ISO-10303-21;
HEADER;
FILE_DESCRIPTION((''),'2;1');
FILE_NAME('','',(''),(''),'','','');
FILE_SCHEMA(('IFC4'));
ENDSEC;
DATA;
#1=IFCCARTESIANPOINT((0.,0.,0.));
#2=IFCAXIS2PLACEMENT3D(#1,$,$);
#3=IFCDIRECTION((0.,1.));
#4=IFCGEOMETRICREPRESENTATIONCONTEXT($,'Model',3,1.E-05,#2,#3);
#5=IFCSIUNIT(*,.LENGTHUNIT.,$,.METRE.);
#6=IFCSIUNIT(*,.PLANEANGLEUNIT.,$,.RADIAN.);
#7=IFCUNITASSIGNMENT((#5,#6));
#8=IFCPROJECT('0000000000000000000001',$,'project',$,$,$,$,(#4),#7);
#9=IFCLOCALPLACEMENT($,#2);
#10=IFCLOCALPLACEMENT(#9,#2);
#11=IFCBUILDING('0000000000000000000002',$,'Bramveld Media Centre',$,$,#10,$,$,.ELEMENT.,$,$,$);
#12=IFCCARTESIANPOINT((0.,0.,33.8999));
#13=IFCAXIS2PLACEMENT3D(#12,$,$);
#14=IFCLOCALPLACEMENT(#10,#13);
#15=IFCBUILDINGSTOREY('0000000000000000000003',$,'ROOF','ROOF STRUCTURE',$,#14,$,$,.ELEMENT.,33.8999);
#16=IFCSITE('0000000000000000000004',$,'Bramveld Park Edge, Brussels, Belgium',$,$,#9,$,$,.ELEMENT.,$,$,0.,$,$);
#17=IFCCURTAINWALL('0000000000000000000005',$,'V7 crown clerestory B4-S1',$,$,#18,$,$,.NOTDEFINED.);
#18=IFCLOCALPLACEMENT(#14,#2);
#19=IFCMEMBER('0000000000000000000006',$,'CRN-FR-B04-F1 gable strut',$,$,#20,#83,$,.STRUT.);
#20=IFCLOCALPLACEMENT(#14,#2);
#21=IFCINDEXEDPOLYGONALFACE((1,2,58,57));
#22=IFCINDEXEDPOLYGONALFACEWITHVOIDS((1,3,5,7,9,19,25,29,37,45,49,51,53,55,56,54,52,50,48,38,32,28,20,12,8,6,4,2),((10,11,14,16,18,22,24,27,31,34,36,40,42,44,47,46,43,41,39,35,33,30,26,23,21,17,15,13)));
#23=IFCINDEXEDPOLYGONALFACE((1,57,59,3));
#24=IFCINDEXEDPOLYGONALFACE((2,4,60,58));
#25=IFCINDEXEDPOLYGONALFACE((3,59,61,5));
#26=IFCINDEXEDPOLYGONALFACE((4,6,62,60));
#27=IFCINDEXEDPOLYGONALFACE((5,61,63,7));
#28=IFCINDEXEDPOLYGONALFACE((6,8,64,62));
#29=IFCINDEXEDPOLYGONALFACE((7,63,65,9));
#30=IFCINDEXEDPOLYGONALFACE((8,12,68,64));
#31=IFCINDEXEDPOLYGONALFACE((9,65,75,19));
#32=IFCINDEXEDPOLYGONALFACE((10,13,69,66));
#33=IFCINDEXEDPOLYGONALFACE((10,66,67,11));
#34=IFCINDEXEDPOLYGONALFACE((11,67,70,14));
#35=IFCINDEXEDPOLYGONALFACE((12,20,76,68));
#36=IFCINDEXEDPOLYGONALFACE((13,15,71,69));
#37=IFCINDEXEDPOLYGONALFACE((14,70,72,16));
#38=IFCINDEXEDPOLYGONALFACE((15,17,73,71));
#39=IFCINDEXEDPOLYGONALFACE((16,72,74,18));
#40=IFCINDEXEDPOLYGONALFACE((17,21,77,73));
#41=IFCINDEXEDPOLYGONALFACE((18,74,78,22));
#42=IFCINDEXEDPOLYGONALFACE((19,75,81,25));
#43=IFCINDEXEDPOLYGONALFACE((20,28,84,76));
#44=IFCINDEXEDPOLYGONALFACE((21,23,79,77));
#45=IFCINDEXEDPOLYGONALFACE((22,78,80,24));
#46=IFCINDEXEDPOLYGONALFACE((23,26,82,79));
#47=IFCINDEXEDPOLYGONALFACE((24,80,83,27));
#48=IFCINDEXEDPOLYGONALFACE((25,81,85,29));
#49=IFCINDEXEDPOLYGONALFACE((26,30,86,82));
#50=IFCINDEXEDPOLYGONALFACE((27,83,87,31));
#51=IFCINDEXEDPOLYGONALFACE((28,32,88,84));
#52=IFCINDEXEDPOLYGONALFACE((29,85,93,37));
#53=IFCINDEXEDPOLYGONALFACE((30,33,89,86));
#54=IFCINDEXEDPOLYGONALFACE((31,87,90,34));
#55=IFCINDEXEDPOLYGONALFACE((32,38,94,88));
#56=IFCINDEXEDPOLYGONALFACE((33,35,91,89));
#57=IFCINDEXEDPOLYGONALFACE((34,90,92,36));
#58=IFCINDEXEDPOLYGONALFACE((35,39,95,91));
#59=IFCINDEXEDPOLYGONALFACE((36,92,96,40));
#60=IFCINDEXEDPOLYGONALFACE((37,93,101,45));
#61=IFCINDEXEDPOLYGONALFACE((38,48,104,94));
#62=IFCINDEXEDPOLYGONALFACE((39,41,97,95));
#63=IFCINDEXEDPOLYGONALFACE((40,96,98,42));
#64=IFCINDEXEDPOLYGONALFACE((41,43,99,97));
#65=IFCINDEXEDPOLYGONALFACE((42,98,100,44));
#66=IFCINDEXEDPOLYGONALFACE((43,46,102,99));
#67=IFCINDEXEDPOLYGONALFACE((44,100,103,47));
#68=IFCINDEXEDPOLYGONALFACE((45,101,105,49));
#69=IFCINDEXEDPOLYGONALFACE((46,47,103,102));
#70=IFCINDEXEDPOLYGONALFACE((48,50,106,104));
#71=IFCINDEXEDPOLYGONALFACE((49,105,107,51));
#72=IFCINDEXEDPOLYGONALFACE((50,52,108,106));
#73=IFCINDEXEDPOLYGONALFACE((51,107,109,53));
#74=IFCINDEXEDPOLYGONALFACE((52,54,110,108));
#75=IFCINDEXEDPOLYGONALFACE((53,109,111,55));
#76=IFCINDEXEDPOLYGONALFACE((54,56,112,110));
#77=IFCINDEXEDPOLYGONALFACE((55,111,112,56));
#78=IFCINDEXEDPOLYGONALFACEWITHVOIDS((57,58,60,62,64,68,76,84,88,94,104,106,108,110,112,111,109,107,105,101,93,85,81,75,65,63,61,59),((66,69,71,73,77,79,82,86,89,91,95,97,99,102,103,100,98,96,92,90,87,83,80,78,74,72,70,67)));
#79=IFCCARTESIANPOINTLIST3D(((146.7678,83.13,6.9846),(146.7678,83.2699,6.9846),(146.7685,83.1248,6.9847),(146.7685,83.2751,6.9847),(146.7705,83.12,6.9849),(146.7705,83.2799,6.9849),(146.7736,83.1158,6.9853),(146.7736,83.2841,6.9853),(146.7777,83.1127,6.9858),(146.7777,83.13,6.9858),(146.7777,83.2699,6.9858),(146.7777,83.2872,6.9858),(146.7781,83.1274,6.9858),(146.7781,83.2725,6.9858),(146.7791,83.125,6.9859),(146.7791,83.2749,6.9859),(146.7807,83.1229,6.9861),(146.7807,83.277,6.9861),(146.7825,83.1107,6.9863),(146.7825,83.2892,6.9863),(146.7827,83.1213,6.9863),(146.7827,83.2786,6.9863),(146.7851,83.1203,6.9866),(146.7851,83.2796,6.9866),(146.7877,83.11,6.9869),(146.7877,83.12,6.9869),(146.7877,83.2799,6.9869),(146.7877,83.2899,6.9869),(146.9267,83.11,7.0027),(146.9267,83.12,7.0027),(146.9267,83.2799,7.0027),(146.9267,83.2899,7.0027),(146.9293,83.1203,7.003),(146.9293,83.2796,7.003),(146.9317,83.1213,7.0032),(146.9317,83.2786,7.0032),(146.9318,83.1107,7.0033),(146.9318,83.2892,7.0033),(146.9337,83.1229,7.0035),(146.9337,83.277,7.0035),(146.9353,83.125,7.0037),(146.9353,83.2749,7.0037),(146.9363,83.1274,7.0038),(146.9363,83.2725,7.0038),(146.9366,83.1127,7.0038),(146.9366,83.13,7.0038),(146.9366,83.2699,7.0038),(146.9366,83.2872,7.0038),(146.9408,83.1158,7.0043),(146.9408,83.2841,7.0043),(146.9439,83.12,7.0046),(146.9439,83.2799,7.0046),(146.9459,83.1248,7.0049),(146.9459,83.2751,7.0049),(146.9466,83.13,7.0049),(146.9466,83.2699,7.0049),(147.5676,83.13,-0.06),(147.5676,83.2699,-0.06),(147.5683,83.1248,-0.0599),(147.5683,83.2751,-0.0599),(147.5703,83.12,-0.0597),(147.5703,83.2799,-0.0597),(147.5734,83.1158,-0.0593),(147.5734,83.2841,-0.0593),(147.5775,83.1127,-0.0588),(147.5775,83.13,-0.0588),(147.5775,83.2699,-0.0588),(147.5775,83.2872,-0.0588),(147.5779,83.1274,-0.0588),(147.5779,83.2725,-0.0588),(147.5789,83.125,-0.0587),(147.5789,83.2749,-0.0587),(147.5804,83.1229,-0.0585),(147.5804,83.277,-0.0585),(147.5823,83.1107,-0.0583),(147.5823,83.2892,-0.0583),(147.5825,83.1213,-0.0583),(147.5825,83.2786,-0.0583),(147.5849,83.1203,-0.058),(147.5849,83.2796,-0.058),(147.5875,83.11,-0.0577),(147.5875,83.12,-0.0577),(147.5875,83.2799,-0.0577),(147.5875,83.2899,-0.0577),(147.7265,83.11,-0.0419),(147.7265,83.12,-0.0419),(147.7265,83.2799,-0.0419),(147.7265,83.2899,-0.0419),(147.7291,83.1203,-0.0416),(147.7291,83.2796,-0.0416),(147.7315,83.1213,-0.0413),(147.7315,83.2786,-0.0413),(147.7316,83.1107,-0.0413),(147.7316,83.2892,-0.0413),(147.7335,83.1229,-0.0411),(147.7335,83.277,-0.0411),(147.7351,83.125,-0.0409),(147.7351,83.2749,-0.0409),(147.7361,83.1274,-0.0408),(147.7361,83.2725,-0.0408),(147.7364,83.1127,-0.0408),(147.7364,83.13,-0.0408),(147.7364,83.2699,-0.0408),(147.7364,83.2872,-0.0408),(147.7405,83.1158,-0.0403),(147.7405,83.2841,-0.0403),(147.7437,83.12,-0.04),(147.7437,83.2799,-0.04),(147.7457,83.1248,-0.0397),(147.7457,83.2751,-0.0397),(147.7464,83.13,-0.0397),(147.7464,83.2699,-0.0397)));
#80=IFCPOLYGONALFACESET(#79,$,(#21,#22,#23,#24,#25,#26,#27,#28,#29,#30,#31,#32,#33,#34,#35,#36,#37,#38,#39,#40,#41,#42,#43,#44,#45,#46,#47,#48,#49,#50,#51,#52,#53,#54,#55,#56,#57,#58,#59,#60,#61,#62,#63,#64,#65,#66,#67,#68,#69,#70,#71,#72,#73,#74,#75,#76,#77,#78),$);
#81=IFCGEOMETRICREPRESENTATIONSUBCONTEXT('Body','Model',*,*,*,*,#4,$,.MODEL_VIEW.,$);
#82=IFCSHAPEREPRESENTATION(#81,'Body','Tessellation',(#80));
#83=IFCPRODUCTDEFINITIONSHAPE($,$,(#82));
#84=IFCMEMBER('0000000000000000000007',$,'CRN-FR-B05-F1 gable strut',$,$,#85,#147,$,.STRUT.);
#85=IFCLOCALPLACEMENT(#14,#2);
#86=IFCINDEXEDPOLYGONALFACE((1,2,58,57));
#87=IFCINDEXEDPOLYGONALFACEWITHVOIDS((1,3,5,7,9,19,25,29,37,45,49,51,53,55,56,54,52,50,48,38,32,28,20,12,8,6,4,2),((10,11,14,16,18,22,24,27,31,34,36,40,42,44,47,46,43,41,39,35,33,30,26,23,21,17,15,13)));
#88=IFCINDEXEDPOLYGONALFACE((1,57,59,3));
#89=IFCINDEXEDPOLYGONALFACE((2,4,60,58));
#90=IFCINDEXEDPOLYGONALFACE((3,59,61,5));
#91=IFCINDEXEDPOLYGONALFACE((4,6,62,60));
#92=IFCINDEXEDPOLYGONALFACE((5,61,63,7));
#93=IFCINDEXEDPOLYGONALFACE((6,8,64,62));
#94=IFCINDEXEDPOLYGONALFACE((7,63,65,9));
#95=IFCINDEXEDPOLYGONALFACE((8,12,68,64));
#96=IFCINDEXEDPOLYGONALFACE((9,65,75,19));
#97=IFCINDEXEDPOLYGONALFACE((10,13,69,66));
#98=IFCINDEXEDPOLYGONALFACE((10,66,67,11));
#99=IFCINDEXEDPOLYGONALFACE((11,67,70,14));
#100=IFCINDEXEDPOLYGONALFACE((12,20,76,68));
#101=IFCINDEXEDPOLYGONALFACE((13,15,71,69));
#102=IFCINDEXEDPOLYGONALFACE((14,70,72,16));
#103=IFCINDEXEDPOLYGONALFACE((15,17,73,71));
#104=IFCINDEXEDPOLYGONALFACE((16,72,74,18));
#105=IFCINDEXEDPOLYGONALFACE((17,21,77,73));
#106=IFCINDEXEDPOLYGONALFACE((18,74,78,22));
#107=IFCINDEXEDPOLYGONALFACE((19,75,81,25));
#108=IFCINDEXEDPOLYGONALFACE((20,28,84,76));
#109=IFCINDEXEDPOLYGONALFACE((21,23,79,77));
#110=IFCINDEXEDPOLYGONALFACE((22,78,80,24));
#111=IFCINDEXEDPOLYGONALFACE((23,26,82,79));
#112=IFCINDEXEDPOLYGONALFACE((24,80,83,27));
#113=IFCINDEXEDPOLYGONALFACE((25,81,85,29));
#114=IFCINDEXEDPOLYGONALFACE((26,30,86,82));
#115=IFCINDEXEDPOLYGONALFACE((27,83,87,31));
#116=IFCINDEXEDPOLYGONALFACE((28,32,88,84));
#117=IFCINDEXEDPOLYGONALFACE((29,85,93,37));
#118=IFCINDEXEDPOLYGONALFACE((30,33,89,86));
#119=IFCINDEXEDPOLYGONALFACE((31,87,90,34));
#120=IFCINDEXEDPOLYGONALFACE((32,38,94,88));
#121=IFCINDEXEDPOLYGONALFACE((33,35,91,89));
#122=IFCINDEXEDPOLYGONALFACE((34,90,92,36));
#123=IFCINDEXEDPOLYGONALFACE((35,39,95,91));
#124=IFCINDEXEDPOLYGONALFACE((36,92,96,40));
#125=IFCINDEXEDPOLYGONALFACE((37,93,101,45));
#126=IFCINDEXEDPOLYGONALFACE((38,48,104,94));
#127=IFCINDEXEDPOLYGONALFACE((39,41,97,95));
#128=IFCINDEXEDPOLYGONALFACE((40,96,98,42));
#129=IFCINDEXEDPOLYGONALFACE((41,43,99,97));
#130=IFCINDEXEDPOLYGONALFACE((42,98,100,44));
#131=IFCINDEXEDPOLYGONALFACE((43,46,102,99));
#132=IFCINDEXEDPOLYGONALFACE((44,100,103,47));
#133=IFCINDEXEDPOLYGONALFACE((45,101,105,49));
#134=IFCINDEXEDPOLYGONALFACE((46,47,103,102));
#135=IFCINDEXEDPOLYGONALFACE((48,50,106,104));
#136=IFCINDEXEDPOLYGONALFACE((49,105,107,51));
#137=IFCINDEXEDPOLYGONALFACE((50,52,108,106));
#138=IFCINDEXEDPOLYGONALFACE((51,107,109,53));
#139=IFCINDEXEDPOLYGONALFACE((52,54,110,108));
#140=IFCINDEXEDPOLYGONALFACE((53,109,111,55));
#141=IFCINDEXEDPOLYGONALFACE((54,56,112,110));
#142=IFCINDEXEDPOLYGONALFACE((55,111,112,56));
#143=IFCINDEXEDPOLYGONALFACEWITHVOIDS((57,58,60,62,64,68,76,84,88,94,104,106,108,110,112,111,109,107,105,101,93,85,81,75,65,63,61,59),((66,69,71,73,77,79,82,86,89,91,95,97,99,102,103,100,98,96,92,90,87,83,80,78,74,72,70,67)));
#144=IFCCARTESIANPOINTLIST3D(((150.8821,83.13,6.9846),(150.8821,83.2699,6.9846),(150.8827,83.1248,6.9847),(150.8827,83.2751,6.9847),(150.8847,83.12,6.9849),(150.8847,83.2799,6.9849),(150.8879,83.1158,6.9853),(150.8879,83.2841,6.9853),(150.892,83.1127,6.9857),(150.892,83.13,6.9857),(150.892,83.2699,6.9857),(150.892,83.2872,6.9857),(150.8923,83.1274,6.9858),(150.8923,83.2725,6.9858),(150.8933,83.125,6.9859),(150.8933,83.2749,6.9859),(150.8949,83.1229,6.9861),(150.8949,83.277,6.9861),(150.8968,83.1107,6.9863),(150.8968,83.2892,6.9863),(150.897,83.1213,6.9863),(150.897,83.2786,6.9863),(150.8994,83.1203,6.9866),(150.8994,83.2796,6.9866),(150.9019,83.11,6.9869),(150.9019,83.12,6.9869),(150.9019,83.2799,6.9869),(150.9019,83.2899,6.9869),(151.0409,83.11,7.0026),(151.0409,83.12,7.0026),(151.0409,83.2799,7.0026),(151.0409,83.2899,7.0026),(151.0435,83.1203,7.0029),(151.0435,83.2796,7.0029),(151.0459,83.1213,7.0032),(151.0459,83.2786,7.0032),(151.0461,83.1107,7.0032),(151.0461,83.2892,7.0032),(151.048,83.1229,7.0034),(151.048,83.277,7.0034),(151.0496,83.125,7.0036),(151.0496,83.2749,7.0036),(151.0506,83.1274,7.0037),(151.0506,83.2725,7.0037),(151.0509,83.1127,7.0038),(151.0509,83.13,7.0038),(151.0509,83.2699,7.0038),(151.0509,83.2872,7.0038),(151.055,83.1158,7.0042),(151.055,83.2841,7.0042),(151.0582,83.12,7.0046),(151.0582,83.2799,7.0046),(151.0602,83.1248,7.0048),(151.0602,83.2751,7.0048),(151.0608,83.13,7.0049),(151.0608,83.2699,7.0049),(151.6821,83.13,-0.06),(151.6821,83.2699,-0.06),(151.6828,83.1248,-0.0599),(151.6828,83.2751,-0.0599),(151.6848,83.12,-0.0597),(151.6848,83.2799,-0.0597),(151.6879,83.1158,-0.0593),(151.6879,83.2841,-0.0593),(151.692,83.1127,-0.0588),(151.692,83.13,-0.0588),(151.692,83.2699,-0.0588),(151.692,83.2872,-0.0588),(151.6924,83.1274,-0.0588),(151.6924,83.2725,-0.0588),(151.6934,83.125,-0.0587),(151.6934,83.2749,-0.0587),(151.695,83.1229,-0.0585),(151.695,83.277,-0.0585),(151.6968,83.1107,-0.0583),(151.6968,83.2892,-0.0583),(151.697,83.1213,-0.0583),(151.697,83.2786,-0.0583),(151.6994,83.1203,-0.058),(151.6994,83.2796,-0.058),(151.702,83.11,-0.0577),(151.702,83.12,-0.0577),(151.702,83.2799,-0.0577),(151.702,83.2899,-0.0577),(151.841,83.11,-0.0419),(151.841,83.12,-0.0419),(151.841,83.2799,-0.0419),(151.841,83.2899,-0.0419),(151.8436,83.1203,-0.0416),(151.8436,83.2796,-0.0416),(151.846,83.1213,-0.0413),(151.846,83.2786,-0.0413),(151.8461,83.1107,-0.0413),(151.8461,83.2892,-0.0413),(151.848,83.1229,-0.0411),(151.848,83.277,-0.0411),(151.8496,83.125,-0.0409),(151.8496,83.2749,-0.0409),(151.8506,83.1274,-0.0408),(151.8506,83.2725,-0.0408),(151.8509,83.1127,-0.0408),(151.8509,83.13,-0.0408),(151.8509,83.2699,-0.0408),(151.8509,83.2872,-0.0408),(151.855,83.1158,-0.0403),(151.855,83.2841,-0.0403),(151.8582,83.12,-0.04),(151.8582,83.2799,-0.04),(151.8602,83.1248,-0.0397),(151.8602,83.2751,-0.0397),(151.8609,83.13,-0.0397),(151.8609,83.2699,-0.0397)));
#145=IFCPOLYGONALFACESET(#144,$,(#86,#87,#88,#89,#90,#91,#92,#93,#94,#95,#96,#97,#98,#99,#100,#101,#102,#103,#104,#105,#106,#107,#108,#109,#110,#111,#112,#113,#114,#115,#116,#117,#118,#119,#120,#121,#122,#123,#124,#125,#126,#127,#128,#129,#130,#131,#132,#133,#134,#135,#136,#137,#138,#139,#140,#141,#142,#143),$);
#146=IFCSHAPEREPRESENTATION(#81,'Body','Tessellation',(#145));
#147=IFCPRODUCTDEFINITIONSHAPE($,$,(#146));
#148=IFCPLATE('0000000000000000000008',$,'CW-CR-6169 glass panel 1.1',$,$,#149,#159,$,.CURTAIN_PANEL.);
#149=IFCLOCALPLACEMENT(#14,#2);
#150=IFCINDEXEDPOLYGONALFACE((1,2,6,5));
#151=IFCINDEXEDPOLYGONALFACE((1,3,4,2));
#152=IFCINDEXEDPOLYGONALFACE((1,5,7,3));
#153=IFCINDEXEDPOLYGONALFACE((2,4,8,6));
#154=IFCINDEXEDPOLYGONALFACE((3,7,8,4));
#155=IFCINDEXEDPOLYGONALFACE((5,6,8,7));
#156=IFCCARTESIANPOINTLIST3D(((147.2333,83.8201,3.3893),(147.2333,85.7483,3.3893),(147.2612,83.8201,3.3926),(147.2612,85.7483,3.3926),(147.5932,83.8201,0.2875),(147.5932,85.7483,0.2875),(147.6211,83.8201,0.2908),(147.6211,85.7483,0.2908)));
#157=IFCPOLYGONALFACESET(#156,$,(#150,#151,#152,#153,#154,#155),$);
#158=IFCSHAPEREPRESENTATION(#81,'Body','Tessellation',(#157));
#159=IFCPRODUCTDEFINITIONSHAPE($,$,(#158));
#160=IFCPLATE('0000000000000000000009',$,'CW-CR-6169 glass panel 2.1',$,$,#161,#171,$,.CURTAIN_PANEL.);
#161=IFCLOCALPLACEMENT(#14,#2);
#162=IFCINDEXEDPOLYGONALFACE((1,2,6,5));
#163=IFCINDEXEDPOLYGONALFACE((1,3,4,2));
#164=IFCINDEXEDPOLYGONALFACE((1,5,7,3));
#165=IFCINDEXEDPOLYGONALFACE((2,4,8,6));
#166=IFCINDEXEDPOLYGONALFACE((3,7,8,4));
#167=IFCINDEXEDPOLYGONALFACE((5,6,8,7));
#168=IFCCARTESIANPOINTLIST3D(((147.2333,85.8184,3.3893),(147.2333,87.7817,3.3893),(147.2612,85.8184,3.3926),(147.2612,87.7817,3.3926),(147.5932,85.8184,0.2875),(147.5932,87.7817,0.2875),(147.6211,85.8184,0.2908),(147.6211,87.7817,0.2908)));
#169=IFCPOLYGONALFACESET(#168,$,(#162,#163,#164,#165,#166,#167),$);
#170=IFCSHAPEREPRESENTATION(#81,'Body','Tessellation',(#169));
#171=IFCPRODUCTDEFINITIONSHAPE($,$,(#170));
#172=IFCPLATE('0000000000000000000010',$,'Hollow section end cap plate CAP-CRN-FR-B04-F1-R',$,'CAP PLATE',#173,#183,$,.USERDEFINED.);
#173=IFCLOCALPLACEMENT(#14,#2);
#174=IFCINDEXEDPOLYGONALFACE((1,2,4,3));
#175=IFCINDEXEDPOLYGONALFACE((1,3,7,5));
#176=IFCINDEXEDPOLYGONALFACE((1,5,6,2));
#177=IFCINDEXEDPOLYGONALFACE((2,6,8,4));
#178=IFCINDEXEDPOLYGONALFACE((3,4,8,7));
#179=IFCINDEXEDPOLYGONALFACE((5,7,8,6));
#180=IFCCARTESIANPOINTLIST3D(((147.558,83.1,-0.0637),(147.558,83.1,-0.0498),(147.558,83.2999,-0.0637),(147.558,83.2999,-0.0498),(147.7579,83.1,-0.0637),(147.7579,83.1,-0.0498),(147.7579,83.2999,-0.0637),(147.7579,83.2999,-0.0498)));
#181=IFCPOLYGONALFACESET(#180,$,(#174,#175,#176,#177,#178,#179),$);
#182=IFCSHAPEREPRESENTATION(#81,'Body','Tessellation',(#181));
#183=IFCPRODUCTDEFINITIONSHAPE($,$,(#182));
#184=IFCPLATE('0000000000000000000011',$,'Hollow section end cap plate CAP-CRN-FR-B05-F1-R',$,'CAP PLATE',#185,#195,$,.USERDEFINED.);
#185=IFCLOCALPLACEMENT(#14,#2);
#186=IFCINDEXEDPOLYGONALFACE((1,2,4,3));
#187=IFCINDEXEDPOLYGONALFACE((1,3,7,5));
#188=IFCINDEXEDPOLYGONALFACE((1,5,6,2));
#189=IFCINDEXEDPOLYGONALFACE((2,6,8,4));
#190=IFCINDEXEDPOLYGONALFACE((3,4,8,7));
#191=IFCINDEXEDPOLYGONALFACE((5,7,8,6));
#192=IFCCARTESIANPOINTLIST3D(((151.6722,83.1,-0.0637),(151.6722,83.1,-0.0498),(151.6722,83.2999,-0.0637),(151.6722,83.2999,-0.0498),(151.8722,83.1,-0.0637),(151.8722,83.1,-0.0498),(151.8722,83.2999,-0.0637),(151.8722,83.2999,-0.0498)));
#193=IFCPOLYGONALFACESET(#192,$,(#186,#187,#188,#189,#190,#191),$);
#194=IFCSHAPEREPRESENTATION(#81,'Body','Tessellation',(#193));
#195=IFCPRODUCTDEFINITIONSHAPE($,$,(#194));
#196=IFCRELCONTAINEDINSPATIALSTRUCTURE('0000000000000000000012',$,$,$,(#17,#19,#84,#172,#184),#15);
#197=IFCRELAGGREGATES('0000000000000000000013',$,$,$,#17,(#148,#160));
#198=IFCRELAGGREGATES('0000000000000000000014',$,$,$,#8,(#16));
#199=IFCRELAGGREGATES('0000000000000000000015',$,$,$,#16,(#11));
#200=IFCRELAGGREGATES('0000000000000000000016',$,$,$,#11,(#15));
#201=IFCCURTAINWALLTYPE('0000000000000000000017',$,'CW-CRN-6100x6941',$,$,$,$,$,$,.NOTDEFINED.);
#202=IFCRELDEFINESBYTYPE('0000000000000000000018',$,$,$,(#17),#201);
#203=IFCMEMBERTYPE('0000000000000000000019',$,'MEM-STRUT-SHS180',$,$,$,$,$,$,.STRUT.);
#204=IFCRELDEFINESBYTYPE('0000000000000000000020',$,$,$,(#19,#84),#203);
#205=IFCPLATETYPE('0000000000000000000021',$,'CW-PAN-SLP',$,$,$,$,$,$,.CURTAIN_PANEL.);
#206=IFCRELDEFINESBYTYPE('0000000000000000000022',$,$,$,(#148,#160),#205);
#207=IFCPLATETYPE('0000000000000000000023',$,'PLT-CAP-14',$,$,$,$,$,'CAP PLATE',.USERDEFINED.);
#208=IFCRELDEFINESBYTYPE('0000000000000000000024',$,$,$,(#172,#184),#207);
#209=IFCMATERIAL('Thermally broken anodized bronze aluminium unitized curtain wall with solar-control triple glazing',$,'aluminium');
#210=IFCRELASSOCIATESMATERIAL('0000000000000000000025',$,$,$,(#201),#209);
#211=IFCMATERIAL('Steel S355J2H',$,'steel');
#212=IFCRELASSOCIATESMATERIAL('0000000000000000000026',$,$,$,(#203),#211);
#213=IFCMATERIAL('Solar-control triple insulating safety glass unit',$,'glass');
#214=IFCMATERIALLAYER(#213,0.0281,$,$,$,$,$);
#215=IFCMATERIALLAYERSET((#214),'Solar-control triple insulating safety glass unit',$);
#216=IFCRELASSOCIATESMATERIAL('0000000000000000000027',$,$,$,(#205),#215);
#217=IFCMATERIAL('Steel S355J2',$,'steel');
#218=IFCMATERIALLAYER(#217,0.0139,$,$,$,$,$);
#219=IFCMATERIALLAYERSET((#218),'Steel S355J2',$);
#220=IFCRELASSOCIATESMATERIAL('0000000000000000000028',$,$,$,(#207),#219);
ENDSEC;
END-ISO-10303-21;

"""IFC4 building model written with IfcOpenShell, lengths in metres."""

from ifc_helpers import new_model, si_unit, direction, frame, origin, origin_2d, place, context, subcontext, project, spatial, polyline, rectangle, hollow_rectangle, outline, extrude, material, layer, layer_set, material_profile, profile_set, type_object, element, aggregate, save


model = new_model("IFC4")

# Units and contexts
model_context = context("Model", 3, precision=1e-05, world=origin(), true_north=direction((0.0, 1.0)))
body_context = subcontext(model_context, "Body", "Model", "MODEL_VIEW")
ifc_project = project(units=[si_unit("LENGTHUNIT", "METRE"), si_unit("PLANEANGLEUNIT", "RADIAN")], contexts=[model_context])

# Site, building, storey
site_placement = place(None, origin())
site = spatial("IfcSite", under=ifc_project, at=site_placement, Name="Bramveld Park Edge, Brussels, Belgium", CompositionType="ELEMENT", RefElevation=0.0)
building_placement = place(site_placement, origin())
building = spatial("IfcBuilding", under=site, at=building_placement, Name="Bramveld Media Centre", CompositionType="ELEMENT")
storey_placement = place(building_placement, frame((0.0, 0.0, 33.8999)))
storey = spatial("IfcBuildingStorey", under=building, at=storey_placement, Name="ROOF", Description="ROOF STRUCTURE", CompositionType="ELEMENT", Elevation=33.8999)

# Curtain wall
ifc_material_1 = material(Name="Thermally broken anodized bronze aluminium unitized curtain wall with solar-control triple glazing", Category="aluminium")
curtain_wall_type = type_object("IfcCurtainWallType", Name="CW-CRN-6100x6941", PredefinedType="NOTDEFINED", material=ifc_material_1)
curtain_wall_1_placement = place(storey_placement, origin())
curtain_wall_1 = element("IfcCurtainWall", 1, at=curtain_wall_1_placement, inside=storey, type_object=curtain_wall_type, Name="V7 crown clerestory B4-S1", PredefinedType="NOTDEFINED")

# Members
ifc_material_2 = material(Name="Steel S355J2H", Category="steel")
ifc_material_profile_1 = material_profile(ifc_material_2, hollow_rectangle(XDim=0.1799, YDim=0.1799, WallThickness=0.01, InnerFilletRadius=0.01, OuterFilletRadius=0.02, at=origin_2d()), Name="SHS 180x180x10")
ifc_profile_set_1 = profile_set([ifc_material_profile_1], Name="Steel S355J2H")
member_type_1 = type_object("IfcMemberType", Name="MEM-STRUT-SHS180", PredefinedType="STRUT", material=ifc_profile_set_1)
for number, where, z_axis, x_axis, name in (
    (2, (147.657, 83.2, -0.0498), (-0.112808, 0.0, 0.993617), (0.0, -1.0, 0.0), "CRN-FR-B04-F1 gable strut"),
    (3, (151.7715, 83.2, -0.0498), (-0.112842, 0.0, 0.993613), (0.0, -1.0, 0.0), "CRN-FR-B05-F1 gable strut"),
):
    element("IfcMember", number, at=place(storey_placement, frame(where, z_axis=z_axis, x_axis=x_axis)), inside=storey, type_object=member_type_1, Name=name, PredefinedType="STRUT", context=body_context, shape_type="SweptSolid", body=[
        extrude(hollow_rectangle(XDim=0.1799, YDim=0.1799, WallThickness=0.01, InnerFilletRadius=0.01, OuterFilletRadius=0.02, at=origin_2d()), origin(), (0.0, 0.0, 1.0), 7.0898),
    ])

# Plates
ifc_material_3 = material(Name="Solar-control triple insulating safety glass unit", Category="glass")
ifc_layer_1 = layer(ifc_material_3, 0.0281)
ifc_layer_set_1 = layer_set([ifc_layer_1], Name="Solar-control triple insulating safety glass unit")
plate_type_1 = type_object("IfcPlateType", Name="CW-PAN-SLP", PredefinedType="CURTAIN_PANEL", material=ifc_layer_set_1)
plate_1_placement = place(storey_placement, frame((147.6211, 83.8201, 0.2908), z_axis=(0.993337, 0.0, 0.115244), x_axis=(0.0, 1.0, 0.0)))
plate_1 = element("IfcPlate", 4, at=plate_1_placement, type_object=plate_type_1, Name="CW-CR-6169 glass panel 1.1", PredefinedType="CURTAIN_PANEL", context=body_context, shape_type="SweptSolid", body=[
    extrude(outline(polyline([(0.0, 0.0), (1.9282, 0.0), (1.9282, 3.1226), (0.0, 3.1226), (0.0, 0.0)])), origin(), (0.0, 0.0, -1.0), 0.0281),
])
plate_2_placement = place(storey_placement, frame((147.6211, 85.8184, 0.2908), z_axis=(0.993337, 0.0, 0.115244), x_axis=(0.0, 1.0, 0.0)))
plate_2 = element("IfcPlate", 5, at=plate_2_placement, type_object=plate_type_1, Name="CW-CR-6169 glass panel 2.1", PredefinedType="CURTAIN_PANEL", context=body_context, shape_type="SweptSolid", body=[
    extrude(outline(polyline([(0.0, 0.0), (1.9634, 0.0), (1.9634, 3.1226), (0.0, 3.1226), (0.0, 0.0)])), origin(), (0.0, 0.0, -1.0), 0.0281),
])
aggregate(curtain_wall_1, [plate_1, plate_2])

# Plates
ifc_material_4 = material(Name="Steel S355J2", Category="steel")
ifc_layer_2 = layer(ifc_material_4, 0.0139)
ifc_layer_set_2 = layer_set([ifc_layer_2], Name="Steel S355J2")
plate_type_2 = type_object("IfcPlateType", Name="PLT-CAP-14", ElementType="CAP PLATE", PredefinedType="USERDEFINED", material=ifc_layer_set_2)
for number, where, z_axis, x_axis, name in (
    (6, (147.658, 83.2, -0.0498), (0.0, 0.0, -1.0), (1.0, 0.0, 0.0), "Hollow section end cap plate CAP-CRN-FR-B04-F1-R"),
    (7, (151.7722, 83.2, -0.0498), (0.0, 0.0, -1.0), (1.0, 0.0, 0.0), "Hollow section end cap plate CAP-CRN-FR-B05-F1-R"),
):
    element("IfcPlate", number, at=place(storey_placement, frame(where, z_axis=z_axis, x_axis=x_axis)), inside=storey, type_object=plate_type_2, Name=name, ObjectType="CAP PLATE", PredefinedType="USERDEFINED", context=body_context, shape_type="SweptSolid", body=[
        extrude(rectangle(XDim=0.2, YDim=0.2, at=origin_2d()), origin(), (0.0, 0.0, 1.0), 0.0139),
    ])

save(model, "model.ifc")
